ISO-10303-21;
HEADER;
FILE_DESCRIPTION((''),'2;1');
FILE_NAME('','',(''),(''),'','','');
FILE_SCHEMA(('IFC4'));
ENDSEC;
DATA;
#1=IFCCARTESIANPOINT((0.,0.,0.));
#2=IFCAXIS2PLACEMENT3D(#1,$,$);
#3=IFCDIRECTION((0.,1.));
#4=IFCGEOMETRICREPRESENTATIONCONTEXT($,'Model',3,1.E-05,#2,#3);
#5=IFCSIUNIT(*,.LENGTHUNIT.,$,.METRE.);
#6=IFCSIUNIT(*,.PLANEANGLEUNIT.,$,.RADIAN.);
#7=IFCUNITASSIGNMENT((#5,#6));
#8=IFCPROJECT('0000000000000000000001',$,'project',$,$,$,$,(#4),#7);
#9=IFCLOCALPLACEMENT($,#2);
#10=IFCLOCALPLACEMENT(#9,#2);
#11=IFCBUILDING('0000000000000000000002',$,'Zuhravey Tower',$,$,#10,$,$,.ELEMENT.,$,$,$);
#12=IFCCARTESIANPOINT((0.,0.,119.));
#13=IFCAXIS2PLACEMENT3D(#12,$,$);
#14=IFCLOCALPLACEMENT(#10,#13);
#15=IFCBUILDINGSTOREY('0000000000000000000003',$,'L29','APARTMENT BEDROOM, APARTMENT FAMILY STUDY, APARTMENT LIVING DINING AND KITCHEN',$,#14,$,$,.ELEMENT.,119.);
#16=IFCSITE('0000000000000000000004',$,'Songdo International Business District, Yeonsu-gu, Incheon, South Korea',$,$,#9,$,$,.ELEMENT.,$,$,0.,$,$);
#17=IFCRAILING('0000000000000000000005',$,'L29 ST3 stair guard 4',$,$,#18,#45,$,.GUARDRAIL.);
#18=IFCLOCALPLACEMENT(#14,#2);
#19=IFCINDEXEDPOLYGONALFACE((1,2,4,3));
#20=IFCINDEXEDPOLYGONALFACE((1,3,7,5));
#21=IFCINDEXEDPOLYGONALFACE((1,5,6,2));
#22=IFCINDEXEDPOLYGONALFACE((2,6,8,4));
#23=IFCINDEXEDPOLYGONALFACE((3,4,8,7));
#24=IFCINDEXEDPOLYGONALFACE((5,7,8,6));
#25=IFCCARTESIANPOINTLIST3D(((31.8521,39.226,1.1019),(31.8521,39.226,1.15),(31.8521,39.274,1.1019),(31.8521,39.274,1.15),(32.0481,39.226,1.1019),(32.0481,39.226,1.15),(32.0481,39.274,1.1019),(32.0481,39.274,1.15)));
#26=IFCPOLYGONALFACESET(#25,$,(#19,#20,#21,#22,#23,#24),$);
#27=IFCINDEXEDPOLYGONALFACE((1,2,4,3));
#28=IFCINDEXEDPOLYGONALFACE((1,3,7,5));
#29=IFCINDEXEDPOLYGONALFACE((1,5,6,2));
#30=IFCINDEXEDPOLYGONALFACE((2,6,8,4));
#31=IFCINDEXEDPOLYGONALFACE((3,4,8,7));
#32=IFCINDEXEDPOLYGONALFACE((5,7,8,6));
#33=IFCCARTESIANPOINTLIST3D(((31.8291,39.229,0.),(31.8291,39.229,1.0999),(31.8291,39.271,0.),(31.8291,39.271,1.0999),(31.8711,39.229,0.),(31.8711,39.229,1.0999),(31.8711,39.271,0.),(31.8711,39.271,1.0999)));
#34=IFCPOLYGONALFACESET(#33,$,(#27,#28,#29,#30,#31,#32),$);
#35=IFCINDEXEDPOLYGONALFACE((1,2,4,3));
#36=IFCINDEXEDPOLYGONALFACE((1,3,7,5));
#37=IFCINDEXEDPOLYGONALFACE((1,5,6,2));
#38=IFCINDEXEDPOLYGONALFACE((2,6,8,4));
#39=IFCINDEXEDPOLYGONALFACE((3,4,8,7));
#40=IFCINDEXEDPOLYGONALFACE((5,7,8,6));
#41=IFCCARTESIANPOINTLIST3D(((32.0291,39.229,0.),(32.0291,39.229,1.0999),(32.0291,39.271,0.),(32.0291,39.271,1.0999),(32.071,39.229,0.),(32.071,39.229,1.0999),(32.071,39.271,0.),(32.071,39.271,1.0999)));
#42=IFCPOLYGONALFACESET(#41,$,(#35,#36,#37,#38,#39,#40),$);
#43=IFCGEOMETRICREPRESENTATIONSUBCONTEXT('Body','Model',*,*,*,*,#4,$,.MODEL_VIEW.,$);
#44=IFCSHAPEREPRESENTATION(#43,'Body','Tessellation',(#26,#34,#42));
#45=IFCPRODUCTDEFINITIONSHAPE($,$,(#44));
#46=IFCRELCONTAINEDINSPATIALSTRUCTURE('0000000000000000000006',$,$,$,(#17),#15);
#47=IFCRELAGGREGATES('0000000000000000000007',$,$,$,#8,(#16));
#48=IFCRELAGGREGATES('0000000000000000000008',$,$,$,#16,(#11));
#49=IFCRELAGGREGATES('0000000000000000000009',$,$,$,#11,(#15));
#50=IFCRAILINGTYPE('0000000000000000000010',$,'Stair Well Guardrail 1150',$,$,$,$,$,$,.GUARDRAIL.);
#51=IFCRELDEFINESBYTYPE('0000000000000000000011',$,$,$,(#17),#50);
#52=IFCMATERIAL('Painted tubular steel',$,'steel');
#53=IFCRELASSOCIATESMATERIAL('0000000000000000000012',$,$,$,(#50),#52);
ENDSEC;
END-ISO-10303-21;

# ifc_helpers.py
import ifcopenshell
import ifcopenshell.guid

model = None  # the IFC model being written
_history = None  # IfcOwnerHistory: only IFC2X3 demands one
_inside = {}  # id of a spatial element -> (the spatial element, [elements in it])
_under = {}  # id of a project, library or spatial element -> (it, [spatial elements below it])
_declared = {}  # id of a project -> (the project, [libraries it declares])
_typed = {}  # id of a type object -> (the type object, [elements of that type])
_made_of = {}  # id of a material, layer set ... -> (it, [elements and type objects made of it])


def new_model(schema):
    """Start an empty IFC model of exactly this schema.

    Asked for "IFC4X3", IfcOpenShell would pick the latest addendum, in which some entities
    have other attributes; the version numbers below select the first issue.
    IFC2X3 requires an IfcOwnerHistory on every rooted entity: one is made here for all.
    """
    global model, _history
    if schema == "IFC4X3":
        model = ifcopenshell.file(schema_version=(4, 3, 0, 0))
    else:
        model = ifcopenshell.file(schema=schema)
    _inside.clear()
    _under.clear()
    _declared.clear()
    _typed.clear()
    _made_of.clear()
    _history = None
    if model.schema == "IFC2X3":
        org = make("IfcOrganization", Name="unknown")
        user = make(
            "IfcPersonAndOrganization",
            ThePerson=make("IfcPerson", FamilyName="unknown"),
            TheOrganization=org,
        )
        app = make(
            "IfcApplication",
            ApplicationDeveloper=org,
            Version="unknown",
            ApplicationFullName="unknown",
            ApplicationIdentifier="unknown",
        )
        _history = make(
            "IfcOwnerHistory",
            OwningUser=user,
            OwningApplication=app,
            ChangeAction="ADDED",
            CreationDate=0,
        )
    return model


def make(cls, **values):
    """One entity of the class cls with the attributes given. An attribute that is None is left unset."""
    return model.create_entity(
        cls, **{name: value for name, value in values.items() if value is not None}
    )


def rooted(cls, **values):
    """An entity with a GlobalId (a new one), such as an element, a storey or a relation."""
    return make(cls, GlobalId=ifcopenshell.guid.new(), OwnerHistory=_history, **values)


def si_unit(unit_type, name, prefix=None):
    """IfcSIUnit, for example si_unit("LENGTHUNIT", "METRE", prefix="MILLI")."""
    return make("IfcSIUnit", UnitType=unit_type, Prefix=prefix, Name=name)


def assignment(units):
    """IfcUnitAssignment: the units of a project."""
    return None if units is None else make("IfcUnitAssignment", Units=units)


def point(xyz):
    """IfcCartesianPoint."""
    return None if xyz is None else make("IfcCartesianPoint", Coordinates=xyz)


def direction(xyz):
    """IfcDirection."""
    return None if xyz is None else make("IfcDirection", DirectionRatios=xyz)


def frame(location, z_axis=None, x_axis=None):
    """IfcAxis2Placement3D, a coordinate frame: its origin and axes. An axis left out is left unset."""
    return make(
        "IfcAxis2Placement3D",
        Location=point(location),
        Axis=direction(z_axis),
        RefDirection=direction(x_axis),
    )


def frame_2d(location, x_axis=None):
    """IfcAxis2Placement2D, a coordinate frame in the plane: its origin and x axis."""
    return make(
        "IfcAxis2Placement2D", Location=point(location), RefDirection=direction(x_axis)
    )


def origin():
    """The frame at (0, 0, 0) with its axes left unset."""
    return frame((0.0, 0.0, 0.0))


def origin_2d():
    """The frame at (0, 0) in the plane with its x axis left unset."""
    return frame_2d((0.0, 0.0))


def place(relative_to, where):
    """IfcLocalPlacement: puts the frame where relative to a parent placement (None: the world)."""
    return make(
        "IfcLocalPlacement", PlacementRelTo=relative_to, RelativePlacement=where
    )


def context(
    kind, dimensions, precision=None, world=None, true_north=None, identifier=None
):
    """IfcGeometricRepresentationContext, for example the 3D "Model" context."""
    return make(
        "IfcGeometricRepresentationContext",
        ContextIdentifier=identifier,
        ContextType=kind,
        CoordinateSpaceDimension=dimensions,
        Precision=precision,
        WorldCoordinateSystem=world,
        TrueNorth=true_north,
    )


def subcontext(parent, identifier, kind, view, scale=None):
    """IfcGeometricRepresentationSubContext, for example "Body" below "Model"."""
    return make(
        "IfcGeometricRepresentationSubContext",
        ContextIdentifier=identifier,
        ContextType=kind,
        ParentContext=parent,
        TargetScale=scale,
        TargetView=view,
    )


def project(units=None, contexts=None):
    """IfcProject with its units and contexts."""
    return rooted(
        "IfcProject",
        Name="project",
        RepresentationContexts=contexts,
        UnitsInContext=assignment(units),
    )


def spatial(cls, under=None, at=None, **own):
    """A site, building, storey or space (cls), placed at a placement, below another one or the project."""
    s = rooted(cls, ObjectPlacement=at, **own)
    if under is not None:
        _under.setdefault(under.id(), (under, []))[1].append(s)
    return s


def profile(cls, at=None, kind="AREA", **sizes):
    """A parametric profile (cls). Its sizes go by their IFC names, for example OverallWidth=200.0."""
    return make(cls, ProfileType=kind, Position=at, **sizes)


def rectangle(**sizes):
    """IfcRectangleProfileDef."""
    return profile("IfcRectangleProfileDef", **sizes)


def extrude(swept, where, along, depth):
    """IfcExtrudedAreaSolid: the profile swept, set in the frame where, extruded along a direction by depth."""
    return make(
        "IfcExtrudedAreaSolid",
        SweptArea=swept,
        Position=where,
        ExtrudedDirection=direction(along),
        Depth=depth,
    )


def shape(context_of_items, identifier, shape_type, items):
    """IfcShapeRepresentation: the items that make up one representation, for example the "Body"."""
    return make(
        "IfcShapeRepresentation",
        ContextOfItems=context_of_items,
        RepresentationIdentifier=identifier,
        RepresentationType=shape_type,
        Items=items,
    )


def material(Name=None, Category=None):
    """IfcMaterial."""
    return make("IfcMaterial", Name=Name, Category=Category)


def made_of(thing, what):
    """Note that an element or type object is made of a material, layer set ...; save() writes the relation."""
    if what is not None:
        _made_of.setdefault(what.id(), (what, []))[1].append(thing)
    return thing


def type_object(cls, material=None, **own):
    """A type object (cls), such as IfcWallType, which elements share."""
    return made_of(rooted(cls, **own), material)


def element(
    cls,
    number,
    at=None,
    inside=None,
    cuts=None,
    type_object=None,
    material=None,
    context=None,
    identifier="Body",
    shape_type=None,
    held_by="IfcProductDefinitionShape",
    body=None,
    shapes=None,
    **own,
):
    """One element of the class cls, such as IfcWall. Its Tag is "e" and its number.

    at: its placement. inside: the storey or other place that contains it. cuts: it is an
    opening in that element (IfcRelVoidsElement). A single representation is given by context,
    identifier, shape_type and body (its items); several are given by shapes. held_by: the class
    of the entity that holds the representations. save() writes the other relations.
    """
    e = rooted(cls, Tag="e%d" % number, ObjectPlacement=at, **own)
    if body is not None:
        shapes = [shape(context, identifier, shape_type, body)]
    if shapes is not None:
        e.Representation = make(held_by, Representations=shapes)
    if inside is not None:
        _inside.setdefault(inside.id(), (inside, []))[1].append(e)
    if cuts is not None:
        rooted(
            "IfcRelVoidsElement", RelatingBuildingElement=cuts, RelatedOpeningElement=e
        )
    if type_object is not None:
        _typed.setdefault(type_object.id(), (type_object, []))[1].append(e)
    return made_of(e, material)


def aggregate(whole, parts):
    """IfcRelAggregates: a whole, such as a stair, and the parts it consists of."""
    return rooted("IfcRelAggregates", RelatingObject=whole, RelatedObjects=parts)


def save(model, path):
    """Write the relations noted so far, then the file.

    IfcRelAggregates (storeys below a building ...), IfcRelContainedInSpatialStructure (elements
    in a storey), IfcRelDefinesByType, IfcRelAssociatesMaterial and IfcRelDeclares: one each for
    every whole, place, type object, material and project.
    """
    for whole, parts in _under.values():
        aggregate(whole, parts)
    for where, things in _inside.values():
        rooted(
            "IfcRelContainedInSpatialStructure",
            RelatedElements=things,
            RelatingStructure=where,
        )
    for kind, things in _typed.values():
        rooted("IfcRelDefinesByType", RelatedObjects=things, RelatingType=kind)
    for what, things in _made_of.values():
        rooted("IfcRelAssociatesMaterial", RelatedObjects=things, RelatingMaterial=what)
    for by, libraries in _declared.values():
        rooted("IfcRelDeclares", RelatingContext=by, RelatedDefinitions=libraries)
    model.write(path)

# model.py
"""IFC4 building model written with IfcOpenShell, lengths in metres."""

from ifc_helpers import new_model, si_unit, direction, frame, origin, origin_2d, place, context, subcontext, project, spatial, rectangle, extrude, material, type_object, element, save


model = new_model("IFC4")

# Units and contexts
model_context = context("Model", 3, precision=1e-05, world=origin(), true_north=direction((0.0, 1.0)))
body_context = subcontext(model_context, "Body", "Model", "MODEL_VIEW")
ifc_project = project(units=[si_unit("LENGTHUNIT", "METRE"), si_unit("PLANEANGLEUNIT", "RADIAN")], contexts=[model_context])

# Site, building, storey
site_placement = place(None, origin())
site = spatial("IfcSite", under=ifc_project, at=site_placement, Name="Songdo International Business District, Yeonsu-gu, Incheon, South Korea", CompositionType="ELEMENT", RefElevation=0.0)
building_placement = place(site_placement, origin())
building = spatial("IfcBuilding", under=site, at=building_placement, Name="Zuhravey Tower", CompositionType="ELEMENT")
storey_placement = place(building_placement, frame((0.0, 0.0, 119.0)))
storey = spatial("IfcBuildingStorey", under=building, at=storey_placement, Name="L29", Description="APARTMENT BEDROOM, APARTMENT FAMILY STUDY, APARTMENT LIVING DINING AND KITCHEN", CompositionType="ELEMENT", Elevation=119.0)

# Railing
ifc_material_1 = material(Name="Painted tubular steel", Category="steel")
railing_type_1 = type_object("IfcRailingType", Name="Stair Well Guardrail 1150", PredefinedType="GUARDRAIL", material=ifc_material_1)
railing_1_placement = place(storey_placement, frame((31.8501, 39.25, 0.0)))
element("IfcRailing", 1, at=railing_1_placement, inside=storey, type_object=railing_type_1, Name="L29 ST3 stair guard 4", PredefinedType="GUARDRAIL", context=body_context, shape_type="SweptSolid", body=[
    extrude(rectangle(XDim=0.0481, YDim=0.0481, at=origin_2d()), frame((0.002, 0.0, 1.126), z_axis=(1.0, 0.0, 0.0), x_axis=(0.0, 1.0, 0.0)), (0.0, 0.0, 1.0), 0.196),
    extrude(rectangle(XDim=0.042, YDim=0.042, at=origin_2d()), origin(), (0.0, 0.0, 1.0), 1.0999),
    extrude(rectangle(XDim=0.042, YDim=0.042, at=origin_2d()), frame((0.2, 0.0, 0.0)), (0.0, 0.0, 1.0), 1.0999),
])

save(model, "model.ifc")
